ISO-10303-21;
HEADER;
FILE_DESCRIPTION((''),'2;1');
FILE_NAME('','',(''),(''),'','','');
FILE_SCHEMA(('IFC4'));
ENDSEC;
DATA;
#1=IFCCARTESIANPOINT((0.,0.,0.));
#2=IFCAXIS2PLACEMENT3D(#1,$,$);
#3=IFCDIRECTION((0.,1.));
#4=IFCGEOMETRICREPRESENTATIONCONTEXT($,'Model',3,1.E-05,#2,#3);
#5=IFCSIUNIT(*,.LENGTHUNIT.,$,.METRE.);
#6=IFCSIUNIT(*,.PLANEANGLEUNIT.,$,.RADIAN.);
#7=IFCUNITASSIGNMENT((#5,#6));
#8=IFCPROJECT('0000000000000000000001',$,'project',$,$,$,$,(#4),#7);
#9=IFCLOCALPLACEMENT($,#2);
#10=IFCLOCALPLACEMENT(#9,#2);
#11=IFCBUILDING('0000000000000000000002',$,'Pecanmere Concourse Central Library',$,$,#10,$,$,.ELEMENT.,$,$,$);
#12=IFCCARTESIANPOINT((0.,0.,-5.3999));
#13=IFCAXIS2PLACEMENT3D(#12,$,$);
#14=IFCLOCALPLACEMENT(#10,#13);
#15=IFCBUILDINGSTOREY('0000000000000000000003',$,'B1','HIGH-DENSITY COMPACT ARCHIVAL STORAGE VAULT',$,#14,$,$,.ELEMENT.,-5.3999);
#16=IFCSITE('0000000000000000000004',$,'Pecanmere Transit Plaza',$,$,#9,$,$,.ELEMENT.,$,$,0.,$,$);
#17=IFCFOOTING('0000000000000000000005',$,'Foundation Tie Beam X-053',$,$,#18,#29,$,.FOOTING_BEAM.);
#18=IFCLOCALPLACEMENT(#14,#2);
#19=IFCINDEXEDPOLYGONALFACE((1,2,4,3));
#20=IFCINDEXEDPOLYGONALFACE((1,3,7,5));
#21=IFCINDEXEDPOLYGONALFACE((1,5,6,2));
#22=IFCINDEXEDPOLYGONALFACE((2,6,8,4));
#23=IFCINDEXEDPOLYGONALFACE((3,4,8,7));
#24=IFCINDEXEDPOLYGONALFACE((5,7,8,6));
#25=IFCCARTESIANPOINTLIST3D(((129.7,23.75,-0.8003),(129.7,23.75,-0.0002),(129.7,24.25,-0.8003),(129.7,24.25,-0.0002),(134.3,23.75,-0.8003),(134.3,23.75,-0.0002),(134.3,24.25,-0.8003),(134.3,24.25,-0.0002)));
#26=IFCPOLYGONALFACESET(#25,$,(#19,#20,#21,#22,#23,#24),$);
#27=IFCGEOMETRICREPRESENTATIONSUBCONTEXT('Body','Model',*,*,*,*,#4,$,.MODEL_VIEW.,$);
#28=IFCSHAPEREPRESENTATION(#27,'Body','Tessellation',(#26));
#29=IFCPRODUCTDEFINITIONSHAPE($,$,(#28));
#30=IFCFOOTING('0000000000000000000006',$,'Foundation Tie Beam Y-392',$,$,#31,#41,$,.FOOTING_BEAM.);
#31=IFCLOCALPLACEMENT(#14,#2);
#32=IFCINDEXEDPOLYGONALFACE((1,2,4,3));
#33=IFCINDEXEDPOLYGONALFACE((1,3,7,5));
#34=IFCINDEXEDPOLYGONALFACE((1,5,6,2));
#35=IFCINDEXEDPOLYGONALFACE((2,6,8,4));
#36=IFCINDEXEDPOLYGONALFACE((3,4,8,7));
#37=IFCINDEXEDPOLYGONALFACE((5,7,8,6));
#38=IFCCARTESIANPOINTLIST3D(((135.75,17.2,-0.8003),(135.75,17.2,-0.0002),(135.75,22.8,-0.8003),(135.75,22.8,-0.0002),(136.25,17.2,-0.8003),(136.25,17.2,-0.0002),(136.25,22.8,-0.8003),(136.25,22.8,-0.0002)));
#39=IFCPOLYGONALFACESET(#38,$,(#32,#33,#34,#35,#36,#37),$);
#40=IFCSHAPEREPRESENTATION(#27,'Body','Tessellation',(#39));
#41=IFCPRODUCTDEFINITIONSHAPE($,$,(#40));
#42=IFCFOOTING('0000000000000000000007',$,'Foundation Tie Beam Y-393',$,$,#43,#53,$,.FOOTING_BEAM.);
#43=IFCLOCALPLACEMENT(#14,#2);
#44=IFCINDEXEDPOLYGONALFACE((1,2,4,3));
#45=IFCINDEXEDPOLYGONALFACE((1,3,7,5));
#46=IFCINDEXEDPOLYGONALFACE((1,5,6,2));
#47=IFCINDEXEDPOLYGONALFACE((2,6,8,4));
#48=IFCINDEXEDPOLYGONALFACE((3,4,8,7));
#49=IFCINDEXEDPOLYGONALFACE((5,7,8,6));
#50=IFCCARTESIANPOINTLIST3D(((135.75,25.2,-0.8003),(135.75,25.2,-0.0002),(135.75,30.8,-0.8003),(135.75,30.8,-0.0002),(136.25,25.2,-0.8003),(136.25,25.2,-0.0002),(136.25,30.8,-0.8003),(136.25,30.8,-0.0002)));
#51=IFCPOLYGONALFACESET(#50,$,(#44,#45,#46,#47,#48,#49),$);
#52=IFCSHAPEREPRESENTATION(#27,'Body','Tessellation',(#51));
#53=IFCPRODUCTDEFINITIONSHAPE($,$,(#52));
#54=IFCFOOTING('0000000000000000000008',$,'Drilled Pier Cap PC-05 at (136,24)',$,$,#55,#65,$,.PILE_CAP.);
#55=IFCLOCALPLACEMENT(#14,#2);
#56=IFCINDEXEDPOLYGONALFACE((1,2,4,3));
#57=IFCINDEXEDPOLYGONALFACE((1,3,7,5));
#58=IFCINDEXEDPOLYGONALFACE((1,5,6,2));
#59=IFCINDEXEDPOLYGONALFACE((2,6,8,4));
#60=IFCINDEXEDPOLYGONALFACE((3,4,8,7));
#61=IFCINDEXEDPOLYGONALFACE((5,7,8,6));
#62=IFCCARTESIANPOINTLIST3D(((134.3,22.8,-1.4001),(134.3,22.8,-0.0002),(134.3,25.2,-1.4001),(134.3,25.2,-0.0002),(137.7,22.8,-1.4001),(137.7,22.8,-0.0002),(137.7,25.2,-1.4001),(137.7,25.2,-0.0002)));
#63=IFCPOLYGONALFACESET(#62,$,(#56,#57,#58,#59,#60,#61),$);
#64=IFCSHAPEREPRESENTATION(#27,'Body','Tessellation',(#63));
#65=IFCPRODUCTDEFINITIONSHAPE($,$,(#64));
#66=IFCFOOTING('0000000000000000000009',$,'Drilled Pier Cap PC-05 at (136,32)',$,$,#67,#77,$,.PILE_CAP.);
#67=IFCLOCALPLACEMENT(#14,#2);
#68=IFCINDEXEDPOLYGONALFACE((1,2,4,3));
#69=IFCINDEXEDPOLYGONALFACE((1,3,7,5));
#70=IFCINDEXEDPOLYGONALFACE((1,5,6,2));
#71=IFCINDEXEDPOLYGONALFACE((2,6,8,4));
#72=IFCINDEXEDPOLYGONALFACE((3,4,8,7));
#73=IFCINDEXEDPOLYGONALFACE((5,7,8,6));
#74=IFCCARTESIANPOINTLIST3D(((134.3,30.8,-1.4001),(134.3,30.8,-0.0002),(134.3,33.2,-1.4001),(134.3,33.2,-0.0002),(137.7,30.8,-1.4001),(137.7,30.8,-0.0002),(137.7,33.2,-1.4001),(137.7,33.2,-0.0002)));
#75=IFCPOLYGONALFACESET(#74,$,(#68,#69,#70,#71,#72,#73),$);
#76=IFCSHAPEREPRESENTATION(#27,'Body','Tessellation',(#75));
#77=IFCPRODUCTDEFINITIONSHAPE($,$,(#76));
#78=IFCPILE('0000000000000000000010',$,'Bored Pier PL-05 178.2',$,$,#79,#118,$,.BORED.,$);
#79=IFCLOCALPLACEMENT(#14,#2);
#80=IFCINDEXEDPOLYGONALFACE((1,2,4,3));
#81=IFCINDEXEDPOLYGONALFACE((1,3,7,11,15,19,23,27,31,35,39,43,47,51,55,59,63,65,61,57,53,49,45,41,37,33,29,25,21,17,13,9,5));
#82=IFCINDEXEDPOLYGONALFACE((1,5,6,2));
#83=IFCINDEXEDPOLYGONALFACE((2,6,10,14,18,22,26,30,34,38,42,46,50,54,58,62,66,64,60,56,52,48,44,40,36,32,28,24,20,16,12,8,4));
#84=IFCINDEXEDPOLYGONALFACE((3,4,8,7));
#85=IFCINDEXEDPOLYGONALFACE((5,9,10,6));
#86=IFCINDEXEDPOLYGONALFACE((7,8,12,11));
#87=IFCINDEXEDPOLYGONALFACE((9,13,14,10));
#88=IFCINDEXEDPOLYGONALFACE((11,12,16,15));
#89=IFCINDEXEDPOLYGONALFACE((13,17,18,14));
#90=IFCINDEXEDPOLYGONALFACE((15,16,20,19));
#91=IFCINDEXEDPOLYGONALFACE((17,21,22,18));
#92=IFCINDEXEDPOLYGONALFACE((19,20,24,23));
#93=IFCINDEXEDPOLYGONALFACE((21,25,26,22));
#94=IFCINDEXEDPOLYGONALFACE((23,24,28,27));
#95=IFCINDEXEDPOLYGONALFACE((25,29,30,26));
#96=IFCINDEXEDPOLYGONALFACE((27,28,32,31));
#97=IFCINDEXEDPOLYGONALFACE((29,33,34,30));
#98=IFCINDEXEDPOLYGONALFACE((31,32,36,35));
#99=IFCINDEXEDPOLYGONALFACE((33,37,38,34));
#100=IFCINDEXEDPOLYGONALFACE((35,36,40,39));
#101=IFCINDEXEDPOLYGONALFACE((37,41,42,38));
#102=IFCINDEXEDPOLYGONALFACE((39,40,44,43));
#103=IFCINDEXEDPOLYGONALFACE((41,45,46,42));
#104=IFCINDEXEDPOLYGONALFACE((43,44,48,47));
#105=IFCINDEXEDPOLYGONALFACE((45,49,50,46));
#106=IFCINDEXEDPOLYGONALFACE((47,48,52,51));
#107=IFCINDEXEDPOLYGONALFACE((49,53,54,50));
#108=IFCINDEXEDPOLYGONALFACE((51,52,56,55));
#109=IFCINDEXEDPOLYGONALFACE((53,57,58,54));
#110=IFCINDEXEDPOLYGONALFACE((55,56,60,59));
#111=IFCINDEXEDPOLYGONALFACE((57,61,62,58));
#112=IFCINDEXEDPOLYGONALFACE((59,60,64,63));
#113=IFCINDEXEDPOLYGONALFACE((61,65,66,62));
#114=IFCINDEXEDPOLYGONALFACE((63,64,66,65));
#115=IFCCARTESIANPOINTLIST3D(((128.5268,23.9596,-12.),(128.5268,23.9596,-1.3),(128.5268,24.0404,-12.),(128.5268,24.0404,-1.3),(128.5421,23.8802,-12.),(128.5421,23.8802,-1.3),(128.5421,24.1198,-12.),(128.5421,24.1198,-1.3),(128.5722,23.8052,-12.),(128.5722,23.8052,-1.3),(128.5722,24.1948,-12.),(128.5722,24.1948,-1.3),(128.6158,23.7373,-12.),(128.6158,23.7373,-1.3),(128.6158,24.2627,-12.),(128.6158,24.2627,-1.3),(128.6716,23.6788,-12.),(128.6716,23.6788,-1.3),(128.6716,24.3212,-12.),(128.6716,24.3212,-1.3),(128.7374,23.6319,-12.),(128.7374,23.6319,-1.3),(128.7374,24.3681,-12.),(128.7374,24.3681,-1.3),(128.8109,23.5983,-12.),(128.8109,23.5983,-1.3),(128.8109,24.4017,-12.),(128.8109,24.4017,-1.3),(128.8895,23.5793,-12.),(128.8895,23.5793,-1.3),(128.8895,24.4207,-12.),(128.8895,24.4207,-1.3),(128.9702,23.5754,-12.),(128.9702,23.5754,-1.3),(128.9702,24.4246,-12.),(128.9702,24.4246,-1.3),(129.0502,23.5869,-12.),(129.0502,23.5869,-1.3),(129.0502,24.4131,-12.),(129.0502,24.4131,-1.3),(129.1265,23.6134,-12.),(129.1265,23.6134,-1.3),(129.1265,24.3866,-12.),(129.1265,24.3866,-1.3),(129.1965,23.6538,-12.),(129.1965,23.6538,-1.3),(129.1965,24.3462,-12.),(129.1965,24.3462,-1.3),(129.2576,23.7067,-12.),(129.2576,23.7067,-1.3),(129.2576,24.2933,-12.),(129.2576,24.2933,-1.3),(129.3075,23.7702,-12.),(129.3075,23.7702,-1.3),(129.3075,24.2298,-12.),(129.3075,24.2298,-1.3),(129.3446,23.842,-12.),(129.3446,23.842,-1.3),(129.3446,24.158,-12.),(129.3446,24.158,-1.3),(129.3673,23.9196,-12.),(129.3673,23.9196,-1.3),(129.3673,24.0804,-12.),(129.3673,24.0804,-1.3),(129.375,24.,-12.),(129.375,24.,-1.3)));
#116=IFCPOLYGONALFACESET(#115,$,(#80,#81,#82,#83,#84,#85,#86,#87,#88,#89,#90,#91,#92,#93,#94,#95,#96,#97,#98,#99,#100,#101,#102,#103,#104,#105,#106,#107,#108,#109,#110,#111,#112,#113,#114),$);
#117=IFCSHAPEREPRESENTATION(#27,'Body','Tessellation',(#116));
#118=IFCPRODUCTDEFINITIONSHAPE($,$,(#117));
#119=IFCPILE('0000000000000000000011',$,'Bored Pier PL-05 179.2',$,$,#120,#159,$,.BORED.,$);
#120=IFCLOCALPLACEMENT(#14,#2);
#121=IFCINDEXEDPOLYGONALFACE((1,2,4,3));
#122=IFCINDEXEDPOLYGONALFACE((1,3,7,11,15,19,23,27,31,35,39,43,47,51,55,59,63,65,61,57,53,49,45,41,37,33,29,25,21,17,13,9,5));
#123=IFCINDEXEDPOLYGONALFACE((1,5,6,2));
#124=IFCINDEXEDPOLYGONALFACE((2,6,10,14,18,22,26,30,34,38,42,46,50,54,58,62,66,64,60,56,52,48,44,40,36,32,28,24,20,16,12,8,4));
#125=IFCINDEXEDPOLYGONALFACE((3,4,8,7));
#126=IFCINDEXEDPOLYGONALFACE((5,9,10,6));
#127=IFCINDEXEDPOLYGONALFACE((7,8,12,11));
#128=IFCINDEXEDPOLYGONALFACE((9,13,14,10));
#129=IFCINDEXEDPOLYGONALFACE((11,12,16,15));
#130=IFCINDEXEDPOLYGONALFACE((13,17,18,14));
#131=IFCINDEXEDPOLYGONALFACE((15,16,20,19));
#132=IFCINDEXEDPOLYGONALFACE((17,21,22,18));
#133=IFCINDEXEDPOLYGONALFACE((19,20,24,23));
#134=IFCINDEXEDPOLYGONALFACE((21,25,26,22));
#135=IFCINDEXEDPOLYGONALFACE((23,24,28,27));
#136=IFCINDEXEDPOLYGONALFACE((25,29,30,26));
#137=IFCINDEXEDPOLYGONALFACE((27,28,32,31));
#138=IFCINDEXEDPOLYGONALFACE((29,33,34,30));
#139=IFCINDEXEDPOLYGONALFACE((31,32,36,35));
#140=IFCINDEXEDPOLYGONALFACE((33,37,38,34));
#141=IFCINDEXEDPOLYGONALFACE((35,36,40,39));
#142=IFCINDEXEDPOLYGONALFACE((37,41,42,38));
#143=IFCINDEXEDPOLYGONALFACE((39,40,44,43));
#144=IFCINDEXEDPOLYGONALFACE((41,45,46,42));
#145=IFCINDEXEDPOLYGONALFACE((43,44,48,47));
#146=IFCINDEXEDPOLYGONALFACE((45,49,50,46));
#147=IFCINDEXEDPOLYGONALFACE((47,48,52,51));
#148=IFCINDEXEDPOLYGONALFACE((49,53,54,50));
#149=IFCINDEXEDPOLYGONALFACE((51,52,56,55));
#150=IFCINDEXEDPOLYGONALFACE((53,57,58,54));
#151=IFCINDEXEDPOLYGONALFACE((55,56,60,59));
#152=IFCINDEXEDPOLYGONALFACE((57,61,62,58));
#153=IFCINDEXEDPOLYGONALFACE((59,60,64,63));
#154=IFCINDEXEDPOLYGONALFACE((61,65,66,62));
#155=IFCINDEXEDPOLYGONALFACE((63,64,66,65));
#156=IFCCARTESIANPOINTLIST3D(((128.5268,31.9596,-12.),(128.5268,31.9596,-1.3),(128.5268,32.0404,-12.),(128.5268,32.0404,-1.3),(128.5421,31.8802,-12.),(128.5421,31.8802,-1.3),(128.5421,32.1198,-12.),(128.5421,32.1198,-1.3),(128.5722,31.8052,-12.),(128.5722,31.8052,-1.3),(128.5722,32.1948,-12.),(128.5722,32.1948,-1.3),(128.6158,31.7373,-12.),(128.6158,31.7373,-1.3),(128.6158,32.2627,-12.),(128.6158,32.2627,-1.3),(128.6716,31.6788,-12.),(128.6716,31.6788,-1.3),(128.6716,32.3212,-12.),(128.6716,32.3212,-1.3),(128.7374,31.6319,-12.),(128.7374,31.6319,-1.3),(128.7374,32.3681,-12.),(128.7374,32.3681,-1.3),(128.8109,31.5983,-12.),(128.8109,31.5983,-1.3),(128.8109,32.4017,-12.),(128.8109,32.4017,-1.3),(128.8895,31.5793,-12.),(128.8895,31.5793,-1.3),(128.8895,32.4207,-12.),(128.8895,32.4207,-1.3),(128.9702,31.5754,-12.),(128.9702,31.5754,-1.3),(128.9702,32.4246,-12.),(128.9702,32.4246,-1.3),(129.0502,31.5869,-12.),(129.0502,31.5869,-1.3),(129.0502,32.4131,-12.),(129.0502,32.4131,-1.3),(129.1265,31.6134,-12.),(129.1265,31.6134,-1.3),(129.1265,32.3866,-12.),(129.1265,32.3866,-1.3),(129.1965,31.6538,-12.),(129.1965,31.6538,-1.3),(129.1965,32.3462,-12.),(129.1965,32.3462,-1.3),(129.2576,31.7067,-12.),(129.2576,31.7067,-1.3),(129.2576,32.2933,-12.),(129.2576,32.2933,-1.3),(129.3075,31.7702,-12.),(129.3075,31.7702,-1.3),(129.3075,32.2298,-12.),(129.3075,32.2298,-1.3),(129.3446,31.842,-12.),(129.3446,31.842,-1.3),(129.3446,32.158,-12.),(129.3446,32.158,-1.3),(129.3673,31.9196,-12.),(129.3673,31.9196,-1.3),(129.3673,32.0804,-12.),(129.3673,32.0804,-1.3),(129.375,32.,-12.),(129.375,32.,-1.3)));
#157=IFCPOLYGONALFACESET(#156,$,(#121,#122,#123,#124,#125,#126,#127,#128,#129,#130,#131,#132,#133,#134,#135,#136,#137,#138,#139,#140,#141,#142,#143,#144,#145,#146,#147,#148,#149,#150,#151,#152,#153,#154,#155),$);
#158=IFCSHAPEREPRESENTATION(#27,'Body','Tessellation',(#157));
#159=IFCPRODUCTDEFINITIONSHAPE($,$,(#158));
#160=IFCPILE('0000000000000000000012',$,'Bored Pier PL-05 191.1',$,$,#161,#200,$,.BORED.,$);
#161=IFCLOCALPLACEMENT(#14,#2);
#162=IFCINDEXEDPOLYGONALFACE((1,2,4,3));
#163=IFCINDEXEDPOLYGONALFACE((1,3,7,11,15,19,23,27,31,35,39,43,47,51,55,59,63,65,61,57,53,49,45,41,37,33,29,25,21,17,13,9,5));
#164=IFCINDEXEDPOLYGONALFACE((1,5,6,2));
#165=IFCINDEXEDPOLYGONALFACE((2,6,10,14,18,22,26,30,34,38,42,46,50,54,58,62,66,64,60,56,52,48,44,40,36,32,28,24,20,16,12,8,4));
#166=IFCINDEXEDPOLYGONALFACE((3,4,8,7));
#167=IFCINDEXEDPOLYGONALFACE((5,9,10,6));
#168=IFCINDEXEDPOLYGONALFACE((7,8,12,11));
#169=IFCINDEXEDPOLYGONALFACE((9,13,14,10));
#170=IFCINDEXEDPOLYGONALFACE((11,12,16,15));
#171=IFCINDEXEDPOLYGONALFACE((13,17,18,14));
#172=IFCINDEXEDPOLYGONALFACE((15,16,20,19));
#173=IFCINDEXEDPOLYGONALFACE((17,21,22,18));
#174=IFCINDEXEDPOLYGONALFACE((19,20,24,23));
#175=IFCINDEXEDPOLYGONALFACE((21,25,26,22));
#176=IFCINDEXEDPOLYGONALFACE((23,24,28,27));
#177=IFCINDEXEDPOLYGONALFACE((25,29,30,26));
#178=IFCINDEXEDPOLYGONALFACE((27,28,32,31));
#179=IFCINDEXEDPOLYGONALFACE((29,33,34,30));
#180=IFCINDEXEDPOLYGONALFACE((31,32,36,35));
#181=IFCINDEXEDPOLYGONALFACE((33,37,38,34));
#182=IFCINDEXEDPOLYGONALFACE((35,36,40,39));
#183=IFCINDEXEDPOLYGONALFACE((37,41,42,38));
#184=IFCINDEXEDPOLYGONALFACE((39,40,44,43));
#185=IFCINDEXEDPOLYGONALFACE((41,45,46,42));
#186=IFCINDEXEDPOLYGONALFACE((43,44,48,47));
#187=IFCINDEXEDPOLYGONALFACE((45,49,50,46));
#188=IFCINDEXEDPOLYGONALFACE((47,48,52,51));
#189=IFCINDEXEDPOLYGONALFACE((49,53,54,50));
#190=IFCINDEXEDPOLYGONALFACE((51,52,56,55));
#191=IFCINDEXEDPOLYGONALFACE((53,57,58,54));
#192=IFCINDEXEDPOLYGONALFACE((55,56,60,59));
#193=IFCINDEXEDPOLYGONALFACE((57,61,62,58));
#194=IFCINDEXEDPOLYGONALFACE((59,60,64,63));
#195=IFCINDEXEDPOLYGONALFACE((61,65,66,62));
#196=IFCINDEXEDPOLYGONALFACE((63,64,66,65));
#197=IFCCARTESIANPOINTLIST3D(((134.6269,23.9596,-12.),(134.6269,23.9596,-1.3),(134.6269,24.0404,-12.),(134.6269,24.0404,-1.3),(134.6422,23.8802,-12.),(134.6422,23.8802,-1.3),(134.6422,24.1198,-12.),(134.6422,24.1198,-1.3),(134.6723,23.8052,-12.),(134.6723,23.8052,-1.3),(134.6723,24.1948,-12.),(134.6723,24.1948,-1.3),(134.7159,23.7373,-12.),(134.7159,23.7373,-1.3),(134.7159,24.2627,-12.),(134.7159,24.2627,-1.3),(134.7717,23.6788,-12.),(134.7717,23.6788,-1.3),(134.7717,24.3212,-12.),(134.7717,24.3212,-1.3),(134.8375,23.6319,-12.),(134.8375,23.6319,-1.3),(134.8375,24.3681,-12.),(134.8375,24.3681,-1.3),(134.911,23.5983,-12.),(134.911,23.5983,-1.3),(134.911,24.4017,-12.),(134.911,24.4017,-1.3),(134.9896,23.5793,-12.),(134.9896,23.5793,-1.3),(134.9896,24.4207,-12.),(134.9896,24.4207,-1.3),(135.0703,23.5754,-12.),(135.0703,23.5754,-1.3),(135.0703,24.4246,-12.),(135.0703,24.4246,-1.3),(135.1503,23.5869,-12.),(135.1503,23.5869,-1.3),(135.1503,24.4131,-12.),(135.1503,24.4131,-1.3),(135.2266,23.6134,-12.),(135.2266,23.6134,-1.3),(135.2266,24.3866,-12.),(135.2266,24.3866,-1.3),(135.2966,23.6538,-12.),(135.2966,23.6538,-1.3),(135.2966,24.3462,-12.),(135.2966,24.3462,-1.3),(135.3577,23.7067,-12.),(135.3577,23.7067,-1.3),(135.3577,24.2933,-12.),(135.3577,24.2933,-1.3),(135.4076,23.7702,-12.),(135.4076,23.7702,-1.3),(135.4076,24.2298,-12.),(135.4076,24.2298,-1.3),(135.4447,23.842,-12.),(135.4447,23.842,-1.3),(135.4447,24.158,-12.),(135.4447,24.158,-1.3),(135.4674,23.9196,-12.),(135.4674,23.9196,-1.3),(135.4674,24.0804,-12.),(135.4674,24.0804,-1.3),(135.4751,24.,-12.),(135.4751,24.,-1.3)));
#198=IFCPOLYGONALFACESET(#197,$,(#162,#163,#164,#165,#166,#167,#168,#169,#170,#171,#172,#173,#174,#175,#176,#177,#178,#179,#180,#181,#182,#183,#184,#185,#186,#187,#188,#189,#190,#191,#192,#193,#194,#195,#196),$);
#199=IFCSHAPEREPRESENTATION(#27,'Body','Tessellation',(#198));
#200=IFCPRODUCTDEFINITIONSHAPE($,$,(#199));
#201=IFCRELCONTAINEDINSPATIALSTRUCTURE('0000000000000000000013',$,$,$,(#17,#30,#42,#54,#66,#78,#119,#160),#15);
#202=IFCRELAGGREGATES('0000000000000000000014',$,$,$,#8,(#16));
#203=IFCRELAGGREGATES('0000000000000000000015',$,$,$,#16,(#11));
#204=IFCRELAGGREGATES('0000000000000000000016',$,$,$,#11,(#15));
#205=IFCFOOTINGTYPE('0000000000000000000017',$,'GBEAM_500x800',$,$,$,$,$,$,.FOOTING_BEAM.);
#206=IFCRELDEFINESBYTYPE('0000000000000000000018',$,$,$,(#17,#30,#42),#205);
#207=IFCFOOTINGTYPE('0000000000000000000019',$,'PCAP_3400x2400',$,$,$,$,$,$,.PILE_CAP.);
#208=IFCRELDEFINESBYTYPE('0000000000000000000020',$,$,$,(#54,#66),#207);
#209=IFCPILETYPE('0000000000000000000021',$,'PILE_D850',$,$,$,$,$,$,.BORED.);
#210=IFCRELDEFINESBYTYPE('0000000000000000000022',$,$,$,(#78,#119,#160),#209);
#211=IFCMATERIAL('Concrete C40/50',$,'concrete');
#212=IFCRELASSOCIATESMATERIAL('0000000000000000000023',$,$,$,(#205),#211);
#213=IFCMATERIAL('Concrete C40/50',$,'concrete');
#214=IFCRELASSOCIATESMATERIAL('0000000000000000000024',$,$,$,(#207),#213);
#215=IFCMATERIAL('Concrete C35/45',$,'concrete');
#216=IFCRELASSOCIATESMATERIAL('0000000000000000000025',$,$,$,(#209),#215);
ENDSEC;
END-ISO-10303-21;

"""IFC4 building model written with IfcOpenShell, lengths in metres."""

from ifc_helpers import new_model, si_unit, direction, frame, origin, origin_2d, place, context, subcontext, project, spatial, rectangle, circle, extrude, material, material_profile, profile_set, type_object, element, save


model = new_model("IFC4")

# Units and contexts
model_context = context("Model", 3, precision=1e-05, world=origin(), true_north=direction((0.0, 1.0)))
body_context = subcontext(model_context, "Body", "Model", "MODEL_VIEW")
ifc_project = project(units=[si_unit("LENGTHUNIT", "METRE"), si_unit("PLANEANGLEUNIT", "RADIAN")], contexts=[model_context])

# Site, building, storey
site_placement = place(None, origin())
site = spatial("IfcSite", under=ifc_project, at=site_placement, Name="Pecanmere Transit Plaza", CompositionType="ELEMENT", RefElevation=0.0)
building_placement = place(site_placement, origin())
building = spatial("IfcBuilding", under=site, at=building_placement, Name="Pecanmere Concourse Central Library", CompositionType="ELEMENT")
storey_placement = place(building_placement, frame((0.0, 0.0, -5.3999)))
storey = spatial("IfcBuildingStorey", under=building, at=storey_placement, Name="B1", Description="HIGH-DENSITY COMPACT ARCHIVAL STORAGE VAULT", CompositionType="ELEMENT", Elevation=-5.3999)

# Footings
ifc_material_1 = material(Name="Concrete C40/50", Category="concrete")
ifc_material_profile_1 = material_profile(ifc_material_1, rectangle(XDim=0.5, YDim=0.8, at=origin_2d()), Name="RC 500x800")
ifc_profile_set_1 = profile_set([ifc_material_profile_1], Name="Concrete C40/50")
footing_type_1 = type_object("IfcFootingType", Name="GBEAM_500x800", PredefinedType="FOOTING_BEAM", material=ifc_profile_set_1)
footing_1_placement = place(storey_placement, frame((132.0, 24.0, -0.8003), z_axis=(0.0, 0.0, 1.0), x_axis=(1.0, 0.0, 0.0)))
element("IfcFooting", 1, at=footing_1_placement, inside=storey, type_object=footing_type_1, Name="Foundation Tie Beam X-053", PredefinedType="FOOTING_BEAM", context=body_context, shape_type="SweptSolid", body=[
    extrude(rectangle(XDim=4.6001, YDim=0.5, at=origin_2d()), origin(), (0.0, 0.0, 1.0), 0.8),
])
for number, where, z_axis, x_axis, name in (
    (2, (136.0, 20.0, -0.8003), (0.0, 0.0, 1.0), (0.0, 1.0, 0.0), "Foundation Tie Beam Y-392"),
    (3, (136.0, 28.0, -0.8003), (0.0, 0.0, 1.0), (0.0, 1.0, 0.0), "Foundation Tie Beam Y-393"),
):
    element("IfcFooting", number, at=place(storey_placement, frame(where, z_axis=z_axis, x_axis=x_axis)), inside=storey, type_object=footing_type_1, Name=name, PredefinedType="FOOTING_BEAM", context=body_context, shape_type="SweptSolid", body=[
        extrude(rectangle(XDim=5.6001, YDim=0.5, at=origin_2d()), origin(), (0.0, 0.0, 1.0), 0.8),
    ])
ifc_material_2 = material(Name="Concrete C40/50", Category="concrete")
footing_type_2 = type_object("IfcFootingType", Name="PCAP_3400x2400", PredefinedType="PILE_CAP", material=ifc_material_2)
for number, where, z_axis, x_axis, name in (
    (4, (136.0, 24.0, -1.4001), (0.0, 0.0, 1.0), (1.0, 0.0, 0.0), "Drilled Pier Cap PC-05 at (136,24)"),
    (5, (136.0, 32.0, -1.4001), (0.0, 0.0, 1.0), (1.0, 0.0, 0.0), "Drilled Pier Cap PC-05 at (136,32)"),
):
    element("IfcFooting", number, at=place(storey_placement, frame(where, z_axis=z_axis, x_axis=x_axis)), inside=storey, type_object=footing_type_2, Name=name, PredefinedType="PILE_CAP", context=body_context, shape_type="SweptSolid", body=[
        extrude(rectangle(XDim=3.3999, YDim=2.3999, at=origin_2d()), origin(), (0.0, 0.0, 1.0), 1.3999),
    ])

# Piles
ifc_material_3 = material(Name="Concrete C35/45", Category="concrete")
ifc_material_profile_2 = material_profile(ifc_material_3, circle(Radius=0.425, at=origin_2d()), Name="PIER D850")
ifc_profile_set_2 = profile_set([ifc_material_profile_2], Name="Concrete C35/45")
pile_type = type_object("IfcPileType", Name="PILE_D850", PredefinedType="BORED", material=ifc_profile_set_2)
for number, where, z_axis, x_axis, name in (
    (6, (128.95, 24.0, -1.3), (0.0, 0.0, -1.0), (1.0, 0.0, 0.0), "Bored Pier PL-05 178.2"),
    (7, (128.95, 32.0, -1.3), (0.0, 0.0, -1.0), (1.0, 0.0, 0.0), "Bored Pier PL-05 179.2"),
    (8, (135.05, 24.0, -1.3), (0.0, 0.0, -1.0), (1.0, 0.0, 0.0), "Bored Pier PL-05 191.1"),
):
    element("IfcPile", number, at=place(storey_placement, frame(where, z_axis=z_axis, x_axis=x_axis)), inside=storey, type_object=pile_type, Name=name, PredefinedType="BORED", context=body_context, shape_type="SweptSolid", body=[
        extrude(circle(Radius=0.425, at=origin_2d()), origin(), (0.0, 0.0, 1.0), 10.7),
    ])

save(model, "model.ifc")
